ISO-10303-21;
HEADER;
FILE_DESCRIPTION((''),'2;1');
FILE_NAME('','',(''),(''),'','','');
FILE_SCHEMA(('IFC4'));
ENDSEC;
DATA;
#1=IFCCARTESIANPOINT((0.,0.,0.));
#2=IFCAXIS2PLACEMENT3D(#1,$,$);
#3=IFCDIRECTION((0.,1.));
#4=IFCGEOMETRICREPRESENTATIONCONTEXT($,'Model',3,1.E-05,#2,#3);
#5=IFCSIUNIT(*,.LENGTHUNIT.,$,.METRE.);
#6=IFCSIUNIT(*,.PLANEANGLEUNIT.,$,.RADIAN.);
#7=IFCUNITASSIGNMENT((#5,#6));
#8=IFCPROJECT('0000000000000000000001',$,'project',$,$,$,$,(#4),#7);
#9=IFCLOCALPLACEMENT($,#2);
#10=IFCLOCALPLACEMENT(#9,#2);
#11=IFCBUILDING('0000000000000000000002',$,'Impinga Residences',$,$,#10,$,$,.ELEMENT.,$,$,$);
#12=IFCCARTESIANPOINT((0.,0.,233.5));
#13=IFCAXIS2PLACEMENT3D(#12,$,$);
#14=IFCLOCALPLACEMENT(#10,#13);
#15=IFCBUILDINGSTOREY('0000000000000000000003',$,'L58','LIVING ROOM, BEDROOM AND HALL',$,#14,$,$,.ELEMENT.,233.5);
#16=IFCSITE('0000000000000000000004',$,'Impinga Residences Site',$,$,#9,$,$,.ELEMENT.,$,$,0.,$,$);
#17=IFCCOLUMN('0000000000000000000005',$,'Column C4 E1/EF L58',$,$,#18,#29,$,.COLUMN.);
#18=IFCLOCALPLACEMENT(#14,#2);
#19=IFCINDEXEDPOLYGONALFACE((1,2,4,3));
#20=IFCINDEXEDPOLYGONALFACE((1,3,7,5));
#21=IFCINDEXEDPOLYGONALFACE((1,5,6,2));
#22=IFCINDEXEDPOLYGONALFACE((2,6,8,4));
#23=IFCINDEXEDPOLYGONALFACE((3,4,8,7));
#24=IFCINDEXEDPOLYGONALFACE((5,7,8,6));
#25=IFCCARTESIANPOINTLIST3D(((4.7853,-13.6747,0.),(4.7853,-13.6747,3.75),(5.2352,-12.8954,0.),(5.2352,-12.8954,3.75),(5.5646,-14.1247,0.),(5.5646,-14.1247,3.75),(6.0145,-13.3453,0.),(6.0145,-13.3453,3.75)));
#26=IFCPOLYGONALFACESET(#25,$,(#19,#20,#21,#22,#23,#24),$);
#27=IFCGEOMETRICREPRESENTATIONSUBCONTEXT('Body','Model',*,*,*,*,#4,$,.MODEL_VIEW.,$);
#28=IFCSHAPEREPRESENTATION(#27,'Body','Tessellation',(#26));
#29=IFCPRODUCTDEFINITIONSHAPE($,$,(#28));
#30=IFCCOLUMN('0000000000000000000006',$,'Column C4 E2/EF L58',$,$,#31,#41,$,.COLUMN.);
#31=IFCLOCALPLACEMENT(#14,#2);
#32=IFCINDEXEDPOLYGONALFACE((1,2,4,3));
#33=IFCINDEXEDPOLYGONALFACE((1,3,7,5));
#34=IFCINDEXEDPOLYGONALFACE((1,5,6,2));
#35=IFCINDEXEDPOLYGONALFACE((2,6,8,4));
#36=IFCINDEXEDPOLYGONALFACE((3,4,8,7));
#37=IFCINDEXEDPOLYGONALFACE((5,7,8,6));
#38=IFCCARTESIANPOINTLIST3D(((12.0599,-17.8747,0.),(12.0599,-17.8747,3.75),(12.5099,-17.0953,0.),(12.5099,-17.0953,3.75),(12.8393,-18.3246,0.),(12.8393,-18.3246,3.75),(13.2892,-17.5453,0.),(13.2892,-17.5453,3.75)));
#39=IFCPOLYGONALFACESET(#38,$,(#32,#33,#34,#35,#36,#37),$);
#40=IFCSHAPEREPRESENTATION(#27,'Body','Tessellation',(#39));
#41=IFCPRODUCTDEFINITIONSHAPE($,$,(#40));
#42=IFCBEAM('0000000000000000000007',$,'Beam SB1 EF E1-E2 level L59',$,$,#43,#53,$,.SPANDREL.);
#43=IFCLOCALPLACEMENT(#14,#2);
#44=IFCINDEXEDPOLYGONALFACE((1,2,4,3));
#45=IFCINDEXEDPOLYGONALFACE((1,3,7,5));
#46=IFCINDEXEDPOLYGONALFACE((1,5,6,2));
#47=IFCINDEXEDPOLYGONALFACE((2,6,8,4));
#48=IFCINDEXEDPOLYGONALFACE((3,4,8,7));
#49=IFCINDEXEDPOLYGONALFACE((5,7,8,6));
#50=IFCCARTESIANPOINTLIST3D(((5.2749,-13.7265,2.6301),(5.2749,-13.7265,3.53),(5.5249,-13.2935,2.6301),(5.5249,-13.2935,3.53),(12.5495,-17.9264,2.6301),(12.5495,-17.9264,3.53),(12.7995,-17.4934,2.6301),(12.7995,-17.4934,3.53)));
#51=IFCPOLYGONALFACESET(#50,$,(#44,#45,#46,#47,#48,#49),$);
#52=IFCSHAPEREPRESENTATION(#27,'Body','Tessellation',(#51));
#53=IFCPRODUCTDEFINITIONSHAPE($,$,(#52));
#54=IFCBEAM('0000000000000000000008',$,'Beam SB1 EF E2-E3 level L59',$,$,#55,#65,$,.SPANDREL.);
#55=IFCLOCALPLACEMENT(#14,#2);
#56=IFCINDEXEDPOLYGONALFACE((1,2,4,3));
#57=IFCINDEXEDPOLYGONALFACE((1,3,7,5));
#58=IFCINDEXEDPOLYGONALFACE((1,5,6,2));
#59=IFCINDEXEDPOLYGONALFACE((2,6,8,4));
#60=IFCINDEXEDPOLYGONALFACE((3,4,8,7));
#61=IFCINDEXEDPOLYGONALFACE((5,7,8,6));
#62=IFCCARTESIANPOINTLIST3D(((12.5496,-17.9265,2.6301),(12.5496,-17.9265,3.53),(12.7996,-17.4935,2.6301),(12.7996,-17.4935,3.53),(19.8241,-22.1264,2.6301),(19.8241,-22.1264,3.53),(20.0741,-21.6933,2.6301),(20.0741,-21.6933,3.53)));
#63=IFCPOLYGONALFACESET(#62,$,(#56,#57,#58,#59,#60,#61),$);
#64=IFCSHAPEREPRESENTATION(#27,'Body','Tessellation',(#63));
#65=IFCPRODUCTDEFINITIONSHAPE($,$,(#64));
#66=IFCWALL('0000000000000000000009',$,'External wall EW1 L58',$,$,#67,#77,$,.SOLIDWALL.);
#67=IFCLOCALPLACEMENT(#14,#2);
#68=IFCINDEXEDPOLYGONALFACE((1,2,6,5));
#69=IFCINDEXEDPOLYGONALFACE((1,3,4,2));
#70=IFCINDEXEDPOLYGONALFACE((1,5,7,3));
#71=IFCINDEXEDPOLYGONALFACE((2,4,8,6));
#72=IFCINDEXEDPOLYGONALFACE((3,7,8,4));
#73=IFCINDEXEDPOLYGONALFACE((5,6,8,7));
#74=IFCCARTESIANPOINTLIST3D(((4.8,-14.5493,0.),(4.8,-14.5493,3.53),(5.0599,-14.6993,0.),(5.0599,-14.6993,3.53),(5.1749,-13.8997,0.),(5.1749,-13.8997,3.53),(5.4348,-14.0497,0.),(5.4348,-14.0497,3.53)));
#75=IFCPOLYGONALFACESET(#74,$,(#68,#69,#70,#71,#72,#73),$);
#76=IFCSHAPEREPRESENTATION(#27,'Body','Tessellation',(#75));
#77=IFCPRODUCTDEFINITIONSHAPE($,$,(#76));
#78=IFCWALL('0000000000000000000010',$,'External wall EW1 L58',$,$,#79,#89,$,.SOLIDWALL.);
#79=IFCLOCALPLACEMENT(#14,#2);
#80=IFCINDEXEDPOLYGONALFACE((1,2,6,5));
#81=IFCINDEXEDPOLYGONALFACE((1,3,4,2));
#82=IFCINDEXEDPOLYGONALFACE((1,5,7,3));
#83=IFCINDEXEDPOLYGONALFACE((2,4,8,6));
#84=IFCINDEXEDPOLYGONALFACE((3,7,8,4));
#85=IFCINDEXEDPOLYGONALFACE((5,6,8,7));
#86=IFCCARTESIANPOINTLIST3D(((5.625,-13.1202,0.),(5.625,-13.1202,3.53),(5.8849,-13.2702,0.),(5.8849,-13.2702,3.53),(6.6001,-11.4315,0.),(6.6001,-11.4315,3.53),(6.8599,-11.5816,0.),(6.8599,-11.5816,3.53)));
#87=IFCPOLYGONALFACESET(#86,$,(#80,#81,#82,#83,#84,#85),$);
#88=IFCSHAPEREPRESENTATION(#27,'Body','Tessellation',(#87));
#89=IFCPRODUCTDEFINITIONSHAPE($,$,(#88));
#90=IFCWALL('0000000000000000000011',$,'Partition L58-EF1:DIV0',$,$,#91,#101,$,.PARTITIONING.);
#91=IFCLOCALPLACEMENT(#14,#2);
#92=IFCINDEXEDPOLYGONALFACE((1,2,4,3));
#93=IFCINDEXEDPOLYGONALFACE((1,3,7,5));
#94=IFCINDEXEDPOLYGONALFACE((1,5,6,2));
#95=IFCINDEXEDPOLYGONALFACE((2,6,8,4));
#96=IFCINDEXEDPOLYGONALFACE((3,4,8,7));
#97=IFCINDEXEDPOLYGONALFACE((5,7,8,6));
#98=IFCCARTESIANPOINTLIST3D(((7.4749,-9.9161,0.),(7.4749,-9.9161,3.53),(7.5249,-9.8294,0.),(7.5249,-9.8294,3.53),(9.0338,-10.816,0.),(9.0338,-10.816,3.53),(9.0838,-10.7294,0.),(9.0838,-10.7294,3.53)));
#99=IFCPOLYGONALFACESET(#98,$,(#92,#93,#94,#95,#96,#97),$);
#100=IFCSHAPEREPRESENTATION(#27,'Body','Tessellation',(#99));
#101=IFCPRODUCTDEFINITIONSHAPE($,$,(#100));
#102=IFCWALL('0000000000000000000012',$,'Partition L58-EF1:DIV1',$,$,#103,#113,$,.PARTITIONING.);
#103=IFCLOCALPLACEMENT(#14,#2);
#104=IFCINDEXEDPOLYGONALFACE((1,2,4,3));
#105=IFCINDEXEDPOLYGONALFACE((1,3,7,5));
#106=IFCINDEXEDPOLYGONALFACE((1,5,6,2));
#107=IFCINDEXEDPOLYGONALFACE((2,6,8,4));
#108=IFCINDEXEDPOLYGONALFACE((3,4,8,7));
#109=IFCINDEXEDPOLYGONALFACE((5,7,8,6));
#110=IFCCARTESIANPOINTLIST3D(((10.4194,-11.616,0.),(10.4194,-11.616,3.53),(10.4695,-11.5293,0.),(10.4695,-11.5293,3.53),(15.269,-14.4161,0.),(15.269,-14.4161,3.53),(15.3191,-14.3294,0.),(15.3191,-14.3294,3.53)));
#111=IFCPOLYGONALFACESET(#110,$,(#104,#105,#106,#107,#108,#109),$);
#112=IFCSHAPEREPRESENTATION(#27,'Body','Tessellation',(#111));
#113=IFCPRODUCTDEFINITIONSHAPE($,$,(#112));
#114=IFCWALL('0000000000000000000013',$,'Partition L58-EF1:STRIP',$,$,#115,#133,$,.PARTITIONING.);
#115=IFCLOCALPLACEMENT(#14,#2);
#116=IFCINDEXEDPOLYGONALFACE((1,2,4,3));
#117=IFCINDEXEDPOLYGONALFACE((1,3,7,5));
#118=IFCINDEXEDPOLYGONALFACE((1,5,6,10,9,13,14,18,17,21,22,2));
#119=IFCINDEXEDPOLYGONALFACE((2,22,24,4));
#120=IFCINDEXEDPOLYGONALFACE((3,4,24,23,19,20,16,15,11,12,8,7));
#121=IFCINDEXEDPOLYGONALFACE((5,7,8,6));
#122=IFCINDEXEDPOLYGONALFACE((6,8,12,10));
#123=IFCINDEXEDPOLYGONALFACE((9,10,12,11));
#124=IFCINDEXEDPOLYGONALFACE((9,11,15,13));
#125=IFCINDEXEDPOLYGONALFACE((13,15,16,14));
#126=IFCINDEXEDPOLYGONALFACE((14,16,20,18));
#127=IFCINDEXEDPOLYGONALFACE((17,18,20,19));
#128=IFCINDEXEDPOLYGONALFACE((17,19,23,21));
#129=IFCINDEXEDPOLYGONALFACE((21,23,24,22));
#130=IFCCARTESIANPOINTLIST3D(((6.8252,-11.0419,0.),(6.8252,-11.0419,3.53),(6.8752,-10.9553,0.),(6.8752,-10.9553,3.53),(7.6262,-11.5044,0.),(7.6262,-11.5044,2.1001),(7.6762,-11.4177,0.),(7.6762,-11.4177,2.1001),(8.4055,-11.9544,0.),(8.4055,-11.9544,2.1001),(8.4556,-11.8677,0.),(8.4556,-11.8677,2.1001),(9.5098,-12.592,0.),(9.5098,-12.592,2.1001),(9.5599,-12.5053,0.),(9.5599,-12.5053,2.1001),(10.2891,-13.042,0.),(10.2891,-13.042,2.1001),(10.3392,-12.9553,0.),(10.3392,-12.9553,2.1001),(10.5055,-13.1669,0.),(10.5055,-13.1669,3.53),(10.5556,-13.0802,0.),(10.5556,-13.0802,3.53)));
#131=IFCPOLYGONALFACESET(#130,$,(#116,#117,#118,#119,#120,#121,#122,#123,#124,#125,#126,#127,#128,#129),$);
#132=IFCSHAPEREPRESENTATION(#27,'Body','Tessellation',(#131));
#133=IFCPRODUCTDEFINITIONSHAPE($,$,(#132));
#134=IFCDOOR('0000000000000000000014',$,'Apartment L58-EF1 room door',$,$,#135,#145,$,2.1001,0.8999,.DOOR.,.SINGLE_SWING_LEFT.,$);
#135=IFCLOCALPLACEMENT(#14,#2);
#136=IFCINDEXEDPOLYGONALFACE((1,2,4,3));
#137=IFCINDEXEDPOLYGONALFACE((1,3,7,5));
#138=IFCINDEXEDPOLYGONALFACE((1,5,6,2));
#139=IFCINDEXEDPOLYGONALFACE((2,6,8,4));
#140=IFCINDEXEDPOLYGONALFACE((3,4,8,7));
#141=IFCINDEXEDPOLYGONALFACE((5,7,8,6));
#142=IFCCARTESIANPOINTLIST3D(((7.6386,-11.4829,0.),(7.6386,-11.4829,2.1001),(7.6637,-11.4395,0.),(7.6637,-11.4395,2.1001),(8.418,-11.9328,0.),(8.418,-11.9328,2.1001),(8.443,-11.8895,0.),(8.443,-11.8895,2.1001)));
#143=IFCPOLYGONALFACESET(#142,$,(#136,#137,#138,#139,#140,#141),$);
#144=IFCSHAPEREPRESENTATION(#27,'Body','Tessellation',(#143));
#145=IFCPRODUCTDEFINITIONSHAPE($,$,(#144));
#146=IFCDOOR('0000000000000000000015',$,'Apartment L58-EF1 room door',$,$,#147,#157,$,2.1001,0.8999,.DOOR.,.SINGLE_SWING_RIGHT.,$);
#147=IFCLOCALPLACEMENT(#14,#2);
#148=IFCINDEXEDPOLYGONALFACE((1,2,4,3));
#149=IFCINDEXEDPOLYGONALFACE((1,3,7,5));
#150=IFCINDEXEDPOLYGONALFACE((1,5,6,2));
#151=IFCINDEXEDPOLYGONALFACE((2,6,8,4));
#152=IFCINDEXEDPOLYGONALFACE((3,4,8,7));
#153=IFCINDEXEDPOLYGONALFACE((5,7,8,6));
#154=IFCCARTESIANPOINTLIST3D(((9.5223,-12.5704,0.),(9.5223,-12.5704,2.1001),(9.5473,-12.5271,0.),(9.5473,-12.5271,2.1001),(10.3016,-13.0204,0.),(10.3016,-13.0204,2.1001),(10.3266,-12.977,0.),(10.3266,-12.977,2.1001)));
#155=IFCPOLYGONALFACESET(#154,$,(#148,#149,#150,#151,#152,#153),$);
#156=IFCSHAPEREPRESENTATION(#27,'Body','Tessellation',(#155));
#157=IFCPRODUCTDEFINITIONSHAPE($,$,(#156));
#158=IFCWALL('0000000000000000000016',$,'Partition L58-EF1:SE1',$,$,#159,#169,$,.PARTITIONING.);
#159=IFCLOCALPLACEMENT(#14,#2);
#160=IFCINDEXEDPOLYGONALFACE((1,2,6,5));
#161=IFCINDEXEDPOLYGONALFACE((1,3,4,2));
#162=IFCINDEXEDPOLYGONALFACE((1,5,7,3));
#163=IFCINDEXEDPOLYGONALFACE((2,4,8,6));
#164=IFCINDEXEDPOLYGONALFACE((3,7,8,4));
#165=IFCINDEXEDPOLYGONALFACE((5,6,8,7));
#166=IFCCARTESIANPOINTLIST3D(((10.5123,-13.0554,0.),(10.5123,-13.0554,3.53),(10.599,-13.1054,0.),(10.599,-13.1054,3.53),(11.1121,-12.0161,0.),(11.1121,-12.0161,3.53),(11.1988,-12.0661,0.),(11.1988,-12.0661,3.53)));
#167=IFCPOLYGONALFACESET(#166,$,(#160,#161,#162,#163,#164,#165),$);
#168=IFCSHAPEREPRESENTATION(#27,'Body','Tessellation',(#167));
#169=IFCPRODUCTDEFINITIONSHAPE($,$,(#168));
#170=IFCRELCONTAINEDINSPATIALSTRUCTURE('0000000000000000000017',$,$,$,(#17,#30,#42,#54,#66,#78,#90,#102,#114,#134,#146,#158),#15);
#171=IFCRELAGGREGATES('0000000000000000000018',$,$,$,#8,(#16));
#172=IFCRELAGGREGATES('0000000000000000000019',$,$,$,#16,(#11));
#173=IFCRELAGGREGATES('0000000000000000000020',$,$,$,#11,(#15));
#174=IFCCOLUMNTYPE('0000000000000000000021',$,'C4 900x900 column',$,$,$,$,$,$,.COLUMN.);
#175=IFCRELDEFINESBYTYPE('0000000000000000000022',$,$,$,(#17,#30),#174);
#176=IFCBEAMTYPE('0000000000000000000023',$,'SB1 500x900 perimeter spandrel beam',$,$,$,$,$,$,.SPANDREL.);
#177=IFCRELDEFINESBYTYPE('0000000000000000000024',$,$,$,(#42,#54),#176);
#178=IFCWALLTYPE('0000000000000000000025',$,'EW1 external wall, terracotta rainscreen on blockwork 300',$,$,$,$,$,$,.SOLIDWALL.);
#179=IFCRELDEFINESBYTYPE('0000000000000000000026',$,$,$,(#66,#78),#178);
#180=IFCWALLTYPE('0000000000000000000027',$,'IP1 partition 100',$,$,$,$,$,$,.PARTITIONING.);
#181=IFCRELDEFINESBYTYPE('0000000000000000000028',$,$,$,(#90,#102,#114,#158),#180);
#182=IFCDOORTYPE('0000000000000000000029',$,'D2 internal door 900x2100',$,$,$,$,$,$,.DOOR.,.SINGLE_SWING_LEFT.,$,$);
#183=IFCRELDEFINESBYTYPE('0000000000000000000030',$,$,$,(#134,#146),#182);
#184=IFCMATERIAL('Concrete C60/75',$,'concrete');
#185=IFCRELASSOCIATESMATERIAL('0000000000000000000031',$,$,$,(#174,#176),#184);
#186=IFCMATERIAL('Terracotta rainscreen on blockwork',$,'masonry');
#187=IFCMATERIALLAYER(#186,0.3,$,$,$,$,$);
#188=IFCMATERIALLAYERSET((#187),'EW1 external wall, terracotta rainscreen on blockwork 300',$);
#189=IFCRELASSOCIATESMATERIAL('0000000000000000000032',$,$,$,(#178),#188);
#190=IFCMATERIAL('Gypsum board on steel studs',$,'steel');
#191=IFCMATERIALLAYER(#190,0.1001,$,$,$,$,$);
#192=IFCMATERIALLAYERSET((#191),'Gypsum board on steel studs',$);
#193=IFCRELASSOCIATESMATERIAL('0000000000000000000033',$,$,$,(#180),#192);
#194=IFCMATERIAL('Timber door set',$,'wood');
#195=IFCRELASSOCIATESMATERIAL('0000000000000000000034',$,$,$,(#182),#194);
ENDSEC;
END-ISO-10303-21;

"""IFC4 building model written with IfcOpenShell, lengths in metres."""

from ifc_helpers import new_model, si_unit, direction, frame, frame_2d, origin, origin_2d, place, context, subcontext, project, spatial, rectangle, extrude, material, layer, layer_set, material_profile, profile_set, type_object, element, fill, save


model = new_model("IFC4")

# Units and contexts
model_context = context("Model", 3, precision=1e-05, world=origin(), true_north=direction((0.0, 1.0)))
body_context = subcontext(model_context, "Body", "Model", "MODEL_VIEW")
ifc_project = project(units=[si_unit("LENGTHUNIT", "METRE"), si_unit("PLANEANGLEUNIT", "RADIAN")], contexts=[model_context])

# Site, building, storey
site_placement = place(None, origin())
site = spatial("IfcSite", under=ifc_project, at=site_placement, Name="Impinga Residences Site", CompositionType="ELEMENT", RefElevation=0.0)
building_placement = place(site_placement, origin())
building = spatial("IfcBuilding", under=site, at=building_placement, Name="Impinga Residences", CompositionType="ELEMENT")
storey_placement = place(building_placement, frame((0.0, 0.0, 233.5)))
storey = spatial("IfcBuildingStorey", under=building, at=storey_placement, Name="L58", Description="LIVING ROOM, BEDROOM AND HALL", CompositionType="ELEMENT", Elevation=233.5)

# Columns
ifc_material_1 = material(Name="Concrete C60/75", Category="concrete")
ifc_material_profile_1 = material_profile(ifc_material_1, rectangle(XDim=0.8999, YDim=0.8999, at=origin_2d()), Name="RC 900x900")
ifc_profile_set_1 = profile_set([ifc_material_profile_1], Name="Concrete C60/75")
column_type = type_object("IfcColumnType", Name="C4 900x900 column", PredefinedType="COLUMN", material=ifc_profile_set_1)
for number, where, z_axis, x_axis, name in (
    (1, (5.3999, -13.51, 0.0), (0.0, 0.0, 1.0), (-0.5, -0.866025, 0.0), "Column C4 E1/EF L58"),
    (2, (12.6746, -17.71, 0.0), (0.0, 0.0, 1.0), (-0.5, -0.866025, 0.0), "Column C4 E2/EF L58"),
):
    element("IfcColumn", number, at=place(storey_placement, frame(where, z_axis=z_axis, x_axis=x_axis)), inside=storey, type_object=column_type, Name=name, PredefinedType="COLUMN", context=body_context, shape_type="SweptSolid", body=[
        extrude(rectangle(XDim=0.8999, YDim=0.8999, at=origin_2d()), origin(), (0.0, 0.0, 1.0), 3.75),
    ])

# Beams
ifc_material_profile_2 = material_profile(ifc_material_1, rectangle(XDim=0.5, YDim=0.8999, at=origin_2d()), Name="RC 500x900")
ifc_profile_set_2 = profile_set([ifc_material_profile_2], Name="Concrete C60/75")
beam_type = type_object("IfcBeamType", Name="SB1 500x900 perimeter spandrel beam", PredefinedType="SPANDREL", material=ifc_profile_set_2)
for number, where, z_axis, x_axis, name in (
    (3, (5.3999, -13.51, 3.0801), (0.866029, -0.499993, 0.0), (0.499993, 0.866029, 0.0), "Beam SB1 EF E1-E2 level L59"),
    (4, (12.6746, -17.71, 3.0801), (0.866029, -0.499993, 0.0), (0.499993, 0.866029, 0.0), "Beam SB1 EF E2-E3 level L59"),
):
    element("IfcBeam", number, at=place(storey_placement, frame(where, z_axis=z_axis, x_axis=x_axis)), inside=storey, type_object=beam_type, Name=name, PredefinedType="SPANDREL", context=body_context, shape_type="SweptSolid", body=[
        extrude(rectangle(XDim=0.5, YDim=0.8999, at=origin_2d()), origin(), (0.0, 0.0, 1.0), 8.3999),
    ])

# Walls
ifc_material_2 = material(Name="Terracotta rainscreen on blockwork", Category="masonry")
ifc_layer_1 = layer(ifc_material_2, 0.3)
ifc_layer_set_1 = layer_set([ifc_layer_1], Name="EW1 external wall, terracotta rainscreen on blockwork 300")
wall_type_1 = type_object("IfcWallType", Name="EW1 external wall, terracotta rainscreen on blockwork 300", PredefinedType="SOLIDWALL", material=ifc_layer_set_1)
wall_1_placement = place(storey_placement, frame((4.9299, -14.6243, 0.0), z_axis=(0.0, 0.0, 1.0), x_axis=(0.49992, 0.866072, 0.0)))
element("IfcWall", 5, at=wall_1_placement, inside=storey, type_object=wall_type_1, Name="External wall EW1 L58", PredefinedType="SOLIDWALL", context=body_context, shape_type="SweptSolid", body=[
    extrude(rectangle(XDim=0.75, YDim=0.3, at=frame_2d((0.375, 0.0))), origin(), (0.0, 0.0, 1.0), 3.53),
])
wall_2_placement = place(storey_placement, frame((5.7549, -13.1953, 0.0), z_axis=(0.0, 0.0, 1.0), x_axis=(0.500044, 0.866, 0.0)))
element("IfcWall", 6, at=wall_2_placement, inside=storey, type_object=wall_type_1, Name="External wall EW1 L58", PredefinedType="SOLIDWALL", context=body_context, shape_type="SweptSolid", body=[
    extrude(rectangle(XDim=1.95, YDim=0.3, at=frame_2d((0.9751, 0.0))), origin(), (0.0, 0.0, 1.0), 3.53),
])
ifc_material_3 = material(Name="Gypsum board on steel studs", Category="steel")
ifc_layer_2 = layer(ifc_material_3, 0.1001)
ifc_layer_set_2 = layer_set([ifc_layer_2], Name="Gypsum board on steel studs")
wall_type_2 = type_object("IfcWallType", Name="IP1 partition 100", PredefinedType="PARTITIONING", material=ifc_layer_set_2)
wall_3_placement = place(storey_placement, frame((7.5, -9.8728, 0.0), z_axis=(0.0, 0.0, 1.0), x_axis=(0.866048, -0.499961, 0.0)))
element("IfcWall", 7, at=wall_3_placement, inside=storey, type_object=wall_type_2, Name="Partition L58-EF1:DIV0", PredefinedType="PARTITIONING", context=body_context, shape_type="SweptSolid", body=[
    extrude(rectangle(XDim=1.8, YDim=0.1001, at=frame_2d((0.8999, 0.0))), origin(), (0.0, 0.0, 1.0), 3.53),
])
wall_4_placement = place(storey_placement, frame((10.4446, -11.5728, 0.0), z_axis=(0.0, 0.0, 1.0), x_axis=(0.866016, -0.500017, 0.0)))
element("IfcWall", 8, at=wall_4_placement, inside=storey, type_object=wall_type_2, Name="Partition L58-EF1:DIV1", PredefinedType="PARTITIONING", context=body_context, shape_type="SweptSolid", body=[
    extrude(rectangle(XDim=5.5999, YDim=0.1001, at=frame_2d((2.7998, 0.0))), origin(), (0.0, 0.0, 1.0), 3.53),
])

# Wall, openings, doors
wall_5_placement = place(storey_placement, frame((6.8501, -10.9985, 0.0), z_axis=(0.0, 0.0, 1.0), x_axis=(0.866014, -0.500019, 0.0)))
wall_5 = element("IfcWall", 9, at=wall_5_placement, inside=storey, type_object=wall_type_2, Name="Partition L58-EF1:STRIP", PredefinedType="PARTITIONING", context=body_context, shape_type="SweptSolid", body=[
    extrude(rectangle(XDim=4.2498, YDim=0.1001, at=frame_2d((2.125, 0.0))), origin(), (0.0, 0.0, 1.0), 3.53),
])
opening_1_placement = place(wall_5_placement, frame((0.925, 0.0, 0.0)))
opening_1 = element("IfcOpeningElement", 10, at=opening_1_placement, cuts=wall_5, PredefinedType="OPENING", context=body_context, shape_type="SweptSolid", body=[
    extrude(rectangle(XDim=0.8999, YDim=2.1001, at=frame_2d((0.45, 1.05))), frame((0.0, 0.0601, 0.0), z_axis=(0.0, -1.0, 0.0), x_axis=(1.0, 0.0, 0.0)), (0.0, 0.0, 1.0), 0.1201),
])
opening_2_placement = place(wall_5_placement, frame((3.1001, 0.0, 0.0)))
opening_2 = element("IfcOpeningElement", 11, at=opening_2_placement, cuts=wall_5, PredefinedType="OPENING", context=body_context, shape_type="SweptSolid", body=[
    extrude(rectangle(XDim=0.8999, YDim=2.1001, at=frame_2d((0.45, 1.05))), frame((0.0, 0.0601, 0.0), z_axis=(0.0, -1.0, 0.0), x_axis=(1.0, 0.0, 0.0)), (0.0, 0.0, 1.0), 0.1201),
])
ifc_material_4 = material(Name="Timber door set", Category="wood")
door_type_1 = type_object("IfcDoorType", Name="D2 internal door 900x2100", OperationType="SINGLE_SWING_LEFT", PredefinedType="DOOR", material=ifc_material_4)
door_1_placement = place(opening_1_placement, origin())
door_1 = element("IfcDoor", 12, at=door_1_placement, inside=storey, type_object=door_type_1, Name="Apartment L58-EF1 room door", OperationType="SINGLE_SWING_LEFT", OverallHeight=2.1001, OverallWidth=0.8999, PredefinedType="DOOR", context=body_context, shape_type="SweptSolid", body=[
    extrude(rectangle(XDim=0.8999, YDim=2.1001, at=frame_2d((0.45, 1.05))), frame((0.0, 0.0249, 0.0), z_axis=(0.0, -1.0, 0.0), x_axis=(1.0, 0.0, 0.0)), (0.0, 0.0, 1.0), 0.05),
])
fill(opening_1, door_1)
door_2_placement = place(opening_2_placement, origin())
door_2 = element("IfcDoor", 13, at=door_2_placement, inside=storey, type_object=door_type_1, Name="Apartment L58-EF1 room door", OperationType="SINGLE_SWING_RIGHT", OverallHeight=2.1001, OverallWidth=0.8999, PredefinedType="DOOR", context=body_context, shape_type="SweptSolid", body=[
    extrude(rectangle(XDim=0.8999, YDim=2.1001, at=frame_2d((0.45, 1.05))), frame((0.0, 0.0249, 0.0), z_axis=(0.0, -1.0, 0.0), x_axis=(1.0, 0.0, 0.0)), (0.0, 0.0, 1.0), 0.05),
])
fill(opening_2, door_2)

# Wall
wall_6_placement = place(storey_placement, frame((11.1555, -12.041, 0.0), z_axis=(0.0, 0.0, 1.0), x_axis=(-0.499881, -0.866094, 0.0)))
element("IfcWall", 14, at=wall_6_placement, inside=storey, type_object=wall_type_2, Name="Partition L58-EF1:SE1", PredefinedType="PARTITIONING", context=body_context, shape_type="SweptSolid", body=[
    extrude(rectangle(XDim=1.2, YDim=0.1001, at=frame_2d((0.6001, 0.0))), origin(), (0.0, 0.0, 1.0), 3.53),
])

save(model, "model.ifc")
